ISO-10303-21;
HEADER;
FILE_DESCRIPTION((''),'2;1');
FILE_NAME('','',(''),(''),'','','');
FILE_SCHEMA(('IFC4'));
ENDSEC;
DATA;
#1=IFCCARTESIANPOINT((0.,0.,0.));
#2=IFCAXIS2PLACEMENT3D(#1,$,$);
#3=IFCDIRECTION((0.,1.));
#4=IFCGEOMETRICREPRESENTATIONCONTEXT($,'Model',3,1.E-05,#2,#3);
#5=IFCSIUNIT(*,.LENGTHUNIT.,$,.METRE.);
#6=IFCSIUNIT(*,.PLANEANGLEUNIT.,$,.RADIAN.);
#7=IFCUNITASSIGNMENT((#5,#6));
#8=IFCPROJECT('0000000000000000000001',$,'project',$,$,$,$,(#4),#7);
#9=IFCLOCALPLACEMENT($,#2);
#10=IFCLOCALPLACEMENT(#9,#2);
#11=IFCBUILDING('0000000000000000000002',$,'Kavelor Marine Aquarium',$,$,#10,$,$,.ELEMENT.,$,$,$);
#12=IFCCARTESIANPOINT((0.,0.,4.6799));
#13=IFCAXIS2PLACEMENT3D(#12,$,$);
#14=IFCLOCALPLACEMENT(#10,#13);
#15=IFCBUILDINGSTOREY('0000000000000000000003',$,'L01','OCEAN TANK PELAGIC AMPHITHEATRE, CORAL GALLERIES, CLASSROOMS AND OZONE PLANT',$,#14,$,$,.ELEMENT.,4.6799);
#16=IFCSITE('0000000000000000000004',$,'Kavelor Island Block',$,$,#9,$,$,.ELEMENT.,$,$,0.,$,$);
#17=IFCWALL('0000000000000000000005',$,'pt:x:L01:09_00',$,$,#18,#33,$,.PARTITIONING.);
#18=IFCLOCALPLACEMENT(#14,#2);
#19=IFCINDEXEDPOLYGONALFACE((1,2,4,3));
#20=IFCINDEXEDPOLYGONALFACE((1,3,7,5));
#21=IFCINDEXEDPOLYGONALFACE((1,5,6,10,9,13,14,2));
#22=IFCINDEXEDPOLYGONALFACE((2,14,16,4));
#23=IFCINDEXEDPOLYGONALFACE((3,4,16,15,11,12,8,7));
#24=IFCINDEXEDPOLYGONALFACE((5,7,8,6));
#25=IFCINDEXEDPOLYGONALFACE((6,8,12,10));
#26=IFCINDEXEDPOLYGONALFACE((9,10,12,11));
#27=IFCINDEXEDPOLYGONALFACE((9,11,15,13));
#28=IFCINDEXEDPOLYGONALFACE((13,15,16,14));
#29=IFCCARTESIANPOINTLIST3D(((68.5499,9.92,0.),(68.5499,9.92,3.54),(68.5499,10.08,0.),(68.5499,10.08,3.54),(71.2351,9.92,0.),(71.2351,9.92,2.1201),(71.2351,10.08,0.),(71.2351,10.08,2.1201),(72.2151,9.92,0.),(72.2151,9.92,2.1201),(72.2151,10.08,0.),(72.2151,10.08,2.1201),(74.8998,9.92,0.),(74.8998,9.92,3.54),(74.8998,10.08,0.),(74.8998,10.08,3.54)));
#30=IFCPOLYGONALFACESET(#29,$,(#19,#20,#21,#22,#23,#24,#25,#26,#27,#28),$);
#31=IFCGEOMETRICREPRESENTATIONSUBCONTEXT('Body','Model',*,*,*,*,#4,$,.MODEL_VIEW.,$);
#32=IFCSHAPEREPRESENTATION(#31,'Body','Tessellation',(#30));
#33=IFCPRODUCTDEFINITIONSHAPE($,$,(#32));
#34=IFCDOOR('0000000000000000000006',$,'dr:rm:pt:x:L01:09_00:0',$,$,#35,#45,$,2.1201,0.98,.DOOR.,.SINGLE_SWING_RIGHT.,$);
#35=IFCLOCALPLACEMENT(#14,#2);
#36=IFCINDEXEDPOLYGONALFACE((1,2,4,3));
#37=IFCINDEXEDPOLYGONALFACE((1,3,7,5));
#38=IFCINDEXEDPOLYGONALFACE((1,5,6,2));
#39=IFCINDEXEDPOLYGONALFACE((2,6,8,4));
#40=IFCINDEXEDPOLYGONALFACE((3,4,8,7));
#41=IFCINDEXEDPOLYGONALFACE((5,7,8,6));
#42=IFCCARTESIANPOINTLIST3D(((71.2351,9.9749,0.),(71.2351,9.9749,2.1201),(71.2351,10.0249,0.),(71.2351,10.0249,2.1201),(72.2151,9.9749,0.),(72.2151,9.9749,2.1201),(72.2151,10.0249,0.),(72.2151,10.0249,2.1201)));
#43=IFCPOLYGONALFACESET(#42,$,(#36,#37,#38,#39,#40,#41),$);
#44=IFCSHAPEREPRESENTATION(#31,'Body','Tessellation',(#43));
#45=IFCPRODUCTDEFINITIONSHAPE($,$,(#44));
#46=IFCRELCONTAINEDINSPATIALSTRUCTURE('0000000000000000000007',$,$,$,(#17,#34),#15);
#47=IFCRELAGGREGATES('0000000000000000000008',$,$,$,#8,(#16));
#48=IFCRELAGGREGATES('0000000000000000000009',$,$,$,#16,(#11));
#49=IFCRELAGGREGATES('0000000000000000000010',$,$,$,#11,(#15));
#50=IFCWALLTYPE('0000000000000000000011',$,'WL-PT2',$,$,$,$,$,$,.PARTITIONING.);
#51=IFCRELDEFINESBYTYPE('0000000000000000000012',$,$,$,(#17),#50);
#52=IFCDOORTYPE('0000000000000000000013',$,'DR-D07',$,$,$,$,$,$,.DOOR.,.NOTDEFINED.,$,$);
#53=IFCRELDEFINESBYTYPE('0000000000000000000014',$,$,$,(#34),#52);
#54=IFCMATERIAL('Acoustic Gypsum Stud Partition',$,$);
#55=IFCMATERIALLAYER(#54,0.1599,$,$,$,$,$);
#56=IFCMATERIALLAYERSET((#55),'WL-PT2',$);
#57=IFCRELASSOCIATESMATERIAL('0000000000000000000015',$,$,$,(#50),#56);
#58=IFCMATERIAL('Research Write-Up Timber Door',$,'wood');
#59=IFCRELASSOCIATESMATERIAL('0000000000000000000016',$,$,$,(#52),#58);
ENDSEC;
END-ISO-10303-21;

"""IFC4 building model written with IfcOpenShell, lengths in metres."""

from ifc_helpers import new_model, si_unit, direction, frame, frame_2d, origin, place, context, subcontext, project, spatial, rectangle, extrude, material, layer, layer_set, type_object, element, fill, save


model = new_model("IFC4")

# Units and contexts
model_context = context("Model", 3, precision=1e-05, world=origin(), true_north=direction((0.0, 1.0)))
body_context = subcontext(model_context, "Body", "Model", "MODEL_VIEW")
ifc_project = project(units=[si_unit("LENGTHUNIT", "METRE"), si_unit("PLANEANGLEUNIT", "RADIAN")], contexts=[model_context])

# Site, building, storey
site_placement = place(None, origin())
site = spatial("IfcSite", under=ifc_project, at=site_placement, Name="Kavelor Island Block", CompositionType="ELEMENT", RefElevation=0.0)
building_placement = place(site_placement, origin())
building = spatial("IfcBuilding", under=site, at=building_placement, Name="Kavelor Marine Aquarium", CompositionType="ELEMENT")
storey_placement = place(building_placement, frame((0.0, 0.0, 4.6799)))
storey = spatial("IfcBuildingStorey", under=building, at=storey_placement, Name="L01", Description="OCEAN TANK PELAGIC AMPHITHEATRE, CORAL GALLERIES, CLASSROOMS AND OZONE PLANT", CompositionType="ELEMENT", Elevation=4.6799)

# Wall, opening, door
ifc_material_1 = material(Name="Acoustic Gypsum Stud Partition")
ifc_layer_1 = layer(ifc_material_1, 0.1599)
ifc_layer_set_1 = layer_set([ifc_layer_1], Name="WL-PT2")
wall_type = type_object("IfcWallType", Name="WL-PT2", PredefinedType="PARTITIONING", material=ifc_layer_set_1)
wall_placement = place(storey_placement, frame((68.55, 10.0, 0.0), z_axis=(0.0, 0.0, 1.0), x_axis=(1.0, 0.0, 0.0)))
wall = element("IfcWall", 1, at=wall_placement, inside=storey, type_object=wall_type, Name="pt:x:L01:09_00", PredefinedType="PARTITIONING", context=body_context, shape_type="SweptSolid", body=[
    extrude(rectangle(XDim=6.3499, YDim=0.1599, at=frame_2d((3.1748, 0.0))), origin(), (0.0, 0.0, 1.0), 3.54),
])
opening_placement = place(wall_placement, frame((2.6851, 0.0, 0.0)))
opening = element("IfcOpeningElement", 2, at=opening_placement, cuts=wall, PredefinedType="OPENING", context=body_context, shape_type="SweptSolid", body=[
    extrude(rectangle(XDim=0.98, YDim=2.1201, at=frame_2d((0.49, 1.0601))), frame((0.0, 0.0898, 0.0), z_axis=(0.0, -1.0, 0.0), x_axis=(1.0, 0.0, 0.0)), (0.0, 0.0, 1.0), 0.1799),
])
ifc_material_2 = material(Name="Research Write-Up Timber Door", Category="wood")
door_type = type_object("IfcDoorType", Name="DR-D07", OperationType="NOTDEFINED", PredefinedType="DOOR", material=ifc_material_2)
door_placement = place(opening_placement, origin())
door = element("IfcDoor", 3, at=door_placement, inside=storey, type_object=door_type, Name="dr:rm:pt:x:L01:09_00:0", OperationType="SINGLE_SWING_RIGHT", OverallHeight=2.1201, OverallWidth=0.98, PredefinedType="DOOR", context=body_context, shape_type="SweptSolid", body=[
    extrude(rectangle(XDim=0.98, YDim=2.1201, at=frame_2d((0.49, 1.0601))), frame((0.0, 0.0249, 0.0), z_axis=(0.0, -1.0, 0.0), x_axis=(1.0, 0.0, 0.0)), (0.0, 0.0, 1.0), 0.05),
])
fill(opening, door)

save(model, "model.ifc")
